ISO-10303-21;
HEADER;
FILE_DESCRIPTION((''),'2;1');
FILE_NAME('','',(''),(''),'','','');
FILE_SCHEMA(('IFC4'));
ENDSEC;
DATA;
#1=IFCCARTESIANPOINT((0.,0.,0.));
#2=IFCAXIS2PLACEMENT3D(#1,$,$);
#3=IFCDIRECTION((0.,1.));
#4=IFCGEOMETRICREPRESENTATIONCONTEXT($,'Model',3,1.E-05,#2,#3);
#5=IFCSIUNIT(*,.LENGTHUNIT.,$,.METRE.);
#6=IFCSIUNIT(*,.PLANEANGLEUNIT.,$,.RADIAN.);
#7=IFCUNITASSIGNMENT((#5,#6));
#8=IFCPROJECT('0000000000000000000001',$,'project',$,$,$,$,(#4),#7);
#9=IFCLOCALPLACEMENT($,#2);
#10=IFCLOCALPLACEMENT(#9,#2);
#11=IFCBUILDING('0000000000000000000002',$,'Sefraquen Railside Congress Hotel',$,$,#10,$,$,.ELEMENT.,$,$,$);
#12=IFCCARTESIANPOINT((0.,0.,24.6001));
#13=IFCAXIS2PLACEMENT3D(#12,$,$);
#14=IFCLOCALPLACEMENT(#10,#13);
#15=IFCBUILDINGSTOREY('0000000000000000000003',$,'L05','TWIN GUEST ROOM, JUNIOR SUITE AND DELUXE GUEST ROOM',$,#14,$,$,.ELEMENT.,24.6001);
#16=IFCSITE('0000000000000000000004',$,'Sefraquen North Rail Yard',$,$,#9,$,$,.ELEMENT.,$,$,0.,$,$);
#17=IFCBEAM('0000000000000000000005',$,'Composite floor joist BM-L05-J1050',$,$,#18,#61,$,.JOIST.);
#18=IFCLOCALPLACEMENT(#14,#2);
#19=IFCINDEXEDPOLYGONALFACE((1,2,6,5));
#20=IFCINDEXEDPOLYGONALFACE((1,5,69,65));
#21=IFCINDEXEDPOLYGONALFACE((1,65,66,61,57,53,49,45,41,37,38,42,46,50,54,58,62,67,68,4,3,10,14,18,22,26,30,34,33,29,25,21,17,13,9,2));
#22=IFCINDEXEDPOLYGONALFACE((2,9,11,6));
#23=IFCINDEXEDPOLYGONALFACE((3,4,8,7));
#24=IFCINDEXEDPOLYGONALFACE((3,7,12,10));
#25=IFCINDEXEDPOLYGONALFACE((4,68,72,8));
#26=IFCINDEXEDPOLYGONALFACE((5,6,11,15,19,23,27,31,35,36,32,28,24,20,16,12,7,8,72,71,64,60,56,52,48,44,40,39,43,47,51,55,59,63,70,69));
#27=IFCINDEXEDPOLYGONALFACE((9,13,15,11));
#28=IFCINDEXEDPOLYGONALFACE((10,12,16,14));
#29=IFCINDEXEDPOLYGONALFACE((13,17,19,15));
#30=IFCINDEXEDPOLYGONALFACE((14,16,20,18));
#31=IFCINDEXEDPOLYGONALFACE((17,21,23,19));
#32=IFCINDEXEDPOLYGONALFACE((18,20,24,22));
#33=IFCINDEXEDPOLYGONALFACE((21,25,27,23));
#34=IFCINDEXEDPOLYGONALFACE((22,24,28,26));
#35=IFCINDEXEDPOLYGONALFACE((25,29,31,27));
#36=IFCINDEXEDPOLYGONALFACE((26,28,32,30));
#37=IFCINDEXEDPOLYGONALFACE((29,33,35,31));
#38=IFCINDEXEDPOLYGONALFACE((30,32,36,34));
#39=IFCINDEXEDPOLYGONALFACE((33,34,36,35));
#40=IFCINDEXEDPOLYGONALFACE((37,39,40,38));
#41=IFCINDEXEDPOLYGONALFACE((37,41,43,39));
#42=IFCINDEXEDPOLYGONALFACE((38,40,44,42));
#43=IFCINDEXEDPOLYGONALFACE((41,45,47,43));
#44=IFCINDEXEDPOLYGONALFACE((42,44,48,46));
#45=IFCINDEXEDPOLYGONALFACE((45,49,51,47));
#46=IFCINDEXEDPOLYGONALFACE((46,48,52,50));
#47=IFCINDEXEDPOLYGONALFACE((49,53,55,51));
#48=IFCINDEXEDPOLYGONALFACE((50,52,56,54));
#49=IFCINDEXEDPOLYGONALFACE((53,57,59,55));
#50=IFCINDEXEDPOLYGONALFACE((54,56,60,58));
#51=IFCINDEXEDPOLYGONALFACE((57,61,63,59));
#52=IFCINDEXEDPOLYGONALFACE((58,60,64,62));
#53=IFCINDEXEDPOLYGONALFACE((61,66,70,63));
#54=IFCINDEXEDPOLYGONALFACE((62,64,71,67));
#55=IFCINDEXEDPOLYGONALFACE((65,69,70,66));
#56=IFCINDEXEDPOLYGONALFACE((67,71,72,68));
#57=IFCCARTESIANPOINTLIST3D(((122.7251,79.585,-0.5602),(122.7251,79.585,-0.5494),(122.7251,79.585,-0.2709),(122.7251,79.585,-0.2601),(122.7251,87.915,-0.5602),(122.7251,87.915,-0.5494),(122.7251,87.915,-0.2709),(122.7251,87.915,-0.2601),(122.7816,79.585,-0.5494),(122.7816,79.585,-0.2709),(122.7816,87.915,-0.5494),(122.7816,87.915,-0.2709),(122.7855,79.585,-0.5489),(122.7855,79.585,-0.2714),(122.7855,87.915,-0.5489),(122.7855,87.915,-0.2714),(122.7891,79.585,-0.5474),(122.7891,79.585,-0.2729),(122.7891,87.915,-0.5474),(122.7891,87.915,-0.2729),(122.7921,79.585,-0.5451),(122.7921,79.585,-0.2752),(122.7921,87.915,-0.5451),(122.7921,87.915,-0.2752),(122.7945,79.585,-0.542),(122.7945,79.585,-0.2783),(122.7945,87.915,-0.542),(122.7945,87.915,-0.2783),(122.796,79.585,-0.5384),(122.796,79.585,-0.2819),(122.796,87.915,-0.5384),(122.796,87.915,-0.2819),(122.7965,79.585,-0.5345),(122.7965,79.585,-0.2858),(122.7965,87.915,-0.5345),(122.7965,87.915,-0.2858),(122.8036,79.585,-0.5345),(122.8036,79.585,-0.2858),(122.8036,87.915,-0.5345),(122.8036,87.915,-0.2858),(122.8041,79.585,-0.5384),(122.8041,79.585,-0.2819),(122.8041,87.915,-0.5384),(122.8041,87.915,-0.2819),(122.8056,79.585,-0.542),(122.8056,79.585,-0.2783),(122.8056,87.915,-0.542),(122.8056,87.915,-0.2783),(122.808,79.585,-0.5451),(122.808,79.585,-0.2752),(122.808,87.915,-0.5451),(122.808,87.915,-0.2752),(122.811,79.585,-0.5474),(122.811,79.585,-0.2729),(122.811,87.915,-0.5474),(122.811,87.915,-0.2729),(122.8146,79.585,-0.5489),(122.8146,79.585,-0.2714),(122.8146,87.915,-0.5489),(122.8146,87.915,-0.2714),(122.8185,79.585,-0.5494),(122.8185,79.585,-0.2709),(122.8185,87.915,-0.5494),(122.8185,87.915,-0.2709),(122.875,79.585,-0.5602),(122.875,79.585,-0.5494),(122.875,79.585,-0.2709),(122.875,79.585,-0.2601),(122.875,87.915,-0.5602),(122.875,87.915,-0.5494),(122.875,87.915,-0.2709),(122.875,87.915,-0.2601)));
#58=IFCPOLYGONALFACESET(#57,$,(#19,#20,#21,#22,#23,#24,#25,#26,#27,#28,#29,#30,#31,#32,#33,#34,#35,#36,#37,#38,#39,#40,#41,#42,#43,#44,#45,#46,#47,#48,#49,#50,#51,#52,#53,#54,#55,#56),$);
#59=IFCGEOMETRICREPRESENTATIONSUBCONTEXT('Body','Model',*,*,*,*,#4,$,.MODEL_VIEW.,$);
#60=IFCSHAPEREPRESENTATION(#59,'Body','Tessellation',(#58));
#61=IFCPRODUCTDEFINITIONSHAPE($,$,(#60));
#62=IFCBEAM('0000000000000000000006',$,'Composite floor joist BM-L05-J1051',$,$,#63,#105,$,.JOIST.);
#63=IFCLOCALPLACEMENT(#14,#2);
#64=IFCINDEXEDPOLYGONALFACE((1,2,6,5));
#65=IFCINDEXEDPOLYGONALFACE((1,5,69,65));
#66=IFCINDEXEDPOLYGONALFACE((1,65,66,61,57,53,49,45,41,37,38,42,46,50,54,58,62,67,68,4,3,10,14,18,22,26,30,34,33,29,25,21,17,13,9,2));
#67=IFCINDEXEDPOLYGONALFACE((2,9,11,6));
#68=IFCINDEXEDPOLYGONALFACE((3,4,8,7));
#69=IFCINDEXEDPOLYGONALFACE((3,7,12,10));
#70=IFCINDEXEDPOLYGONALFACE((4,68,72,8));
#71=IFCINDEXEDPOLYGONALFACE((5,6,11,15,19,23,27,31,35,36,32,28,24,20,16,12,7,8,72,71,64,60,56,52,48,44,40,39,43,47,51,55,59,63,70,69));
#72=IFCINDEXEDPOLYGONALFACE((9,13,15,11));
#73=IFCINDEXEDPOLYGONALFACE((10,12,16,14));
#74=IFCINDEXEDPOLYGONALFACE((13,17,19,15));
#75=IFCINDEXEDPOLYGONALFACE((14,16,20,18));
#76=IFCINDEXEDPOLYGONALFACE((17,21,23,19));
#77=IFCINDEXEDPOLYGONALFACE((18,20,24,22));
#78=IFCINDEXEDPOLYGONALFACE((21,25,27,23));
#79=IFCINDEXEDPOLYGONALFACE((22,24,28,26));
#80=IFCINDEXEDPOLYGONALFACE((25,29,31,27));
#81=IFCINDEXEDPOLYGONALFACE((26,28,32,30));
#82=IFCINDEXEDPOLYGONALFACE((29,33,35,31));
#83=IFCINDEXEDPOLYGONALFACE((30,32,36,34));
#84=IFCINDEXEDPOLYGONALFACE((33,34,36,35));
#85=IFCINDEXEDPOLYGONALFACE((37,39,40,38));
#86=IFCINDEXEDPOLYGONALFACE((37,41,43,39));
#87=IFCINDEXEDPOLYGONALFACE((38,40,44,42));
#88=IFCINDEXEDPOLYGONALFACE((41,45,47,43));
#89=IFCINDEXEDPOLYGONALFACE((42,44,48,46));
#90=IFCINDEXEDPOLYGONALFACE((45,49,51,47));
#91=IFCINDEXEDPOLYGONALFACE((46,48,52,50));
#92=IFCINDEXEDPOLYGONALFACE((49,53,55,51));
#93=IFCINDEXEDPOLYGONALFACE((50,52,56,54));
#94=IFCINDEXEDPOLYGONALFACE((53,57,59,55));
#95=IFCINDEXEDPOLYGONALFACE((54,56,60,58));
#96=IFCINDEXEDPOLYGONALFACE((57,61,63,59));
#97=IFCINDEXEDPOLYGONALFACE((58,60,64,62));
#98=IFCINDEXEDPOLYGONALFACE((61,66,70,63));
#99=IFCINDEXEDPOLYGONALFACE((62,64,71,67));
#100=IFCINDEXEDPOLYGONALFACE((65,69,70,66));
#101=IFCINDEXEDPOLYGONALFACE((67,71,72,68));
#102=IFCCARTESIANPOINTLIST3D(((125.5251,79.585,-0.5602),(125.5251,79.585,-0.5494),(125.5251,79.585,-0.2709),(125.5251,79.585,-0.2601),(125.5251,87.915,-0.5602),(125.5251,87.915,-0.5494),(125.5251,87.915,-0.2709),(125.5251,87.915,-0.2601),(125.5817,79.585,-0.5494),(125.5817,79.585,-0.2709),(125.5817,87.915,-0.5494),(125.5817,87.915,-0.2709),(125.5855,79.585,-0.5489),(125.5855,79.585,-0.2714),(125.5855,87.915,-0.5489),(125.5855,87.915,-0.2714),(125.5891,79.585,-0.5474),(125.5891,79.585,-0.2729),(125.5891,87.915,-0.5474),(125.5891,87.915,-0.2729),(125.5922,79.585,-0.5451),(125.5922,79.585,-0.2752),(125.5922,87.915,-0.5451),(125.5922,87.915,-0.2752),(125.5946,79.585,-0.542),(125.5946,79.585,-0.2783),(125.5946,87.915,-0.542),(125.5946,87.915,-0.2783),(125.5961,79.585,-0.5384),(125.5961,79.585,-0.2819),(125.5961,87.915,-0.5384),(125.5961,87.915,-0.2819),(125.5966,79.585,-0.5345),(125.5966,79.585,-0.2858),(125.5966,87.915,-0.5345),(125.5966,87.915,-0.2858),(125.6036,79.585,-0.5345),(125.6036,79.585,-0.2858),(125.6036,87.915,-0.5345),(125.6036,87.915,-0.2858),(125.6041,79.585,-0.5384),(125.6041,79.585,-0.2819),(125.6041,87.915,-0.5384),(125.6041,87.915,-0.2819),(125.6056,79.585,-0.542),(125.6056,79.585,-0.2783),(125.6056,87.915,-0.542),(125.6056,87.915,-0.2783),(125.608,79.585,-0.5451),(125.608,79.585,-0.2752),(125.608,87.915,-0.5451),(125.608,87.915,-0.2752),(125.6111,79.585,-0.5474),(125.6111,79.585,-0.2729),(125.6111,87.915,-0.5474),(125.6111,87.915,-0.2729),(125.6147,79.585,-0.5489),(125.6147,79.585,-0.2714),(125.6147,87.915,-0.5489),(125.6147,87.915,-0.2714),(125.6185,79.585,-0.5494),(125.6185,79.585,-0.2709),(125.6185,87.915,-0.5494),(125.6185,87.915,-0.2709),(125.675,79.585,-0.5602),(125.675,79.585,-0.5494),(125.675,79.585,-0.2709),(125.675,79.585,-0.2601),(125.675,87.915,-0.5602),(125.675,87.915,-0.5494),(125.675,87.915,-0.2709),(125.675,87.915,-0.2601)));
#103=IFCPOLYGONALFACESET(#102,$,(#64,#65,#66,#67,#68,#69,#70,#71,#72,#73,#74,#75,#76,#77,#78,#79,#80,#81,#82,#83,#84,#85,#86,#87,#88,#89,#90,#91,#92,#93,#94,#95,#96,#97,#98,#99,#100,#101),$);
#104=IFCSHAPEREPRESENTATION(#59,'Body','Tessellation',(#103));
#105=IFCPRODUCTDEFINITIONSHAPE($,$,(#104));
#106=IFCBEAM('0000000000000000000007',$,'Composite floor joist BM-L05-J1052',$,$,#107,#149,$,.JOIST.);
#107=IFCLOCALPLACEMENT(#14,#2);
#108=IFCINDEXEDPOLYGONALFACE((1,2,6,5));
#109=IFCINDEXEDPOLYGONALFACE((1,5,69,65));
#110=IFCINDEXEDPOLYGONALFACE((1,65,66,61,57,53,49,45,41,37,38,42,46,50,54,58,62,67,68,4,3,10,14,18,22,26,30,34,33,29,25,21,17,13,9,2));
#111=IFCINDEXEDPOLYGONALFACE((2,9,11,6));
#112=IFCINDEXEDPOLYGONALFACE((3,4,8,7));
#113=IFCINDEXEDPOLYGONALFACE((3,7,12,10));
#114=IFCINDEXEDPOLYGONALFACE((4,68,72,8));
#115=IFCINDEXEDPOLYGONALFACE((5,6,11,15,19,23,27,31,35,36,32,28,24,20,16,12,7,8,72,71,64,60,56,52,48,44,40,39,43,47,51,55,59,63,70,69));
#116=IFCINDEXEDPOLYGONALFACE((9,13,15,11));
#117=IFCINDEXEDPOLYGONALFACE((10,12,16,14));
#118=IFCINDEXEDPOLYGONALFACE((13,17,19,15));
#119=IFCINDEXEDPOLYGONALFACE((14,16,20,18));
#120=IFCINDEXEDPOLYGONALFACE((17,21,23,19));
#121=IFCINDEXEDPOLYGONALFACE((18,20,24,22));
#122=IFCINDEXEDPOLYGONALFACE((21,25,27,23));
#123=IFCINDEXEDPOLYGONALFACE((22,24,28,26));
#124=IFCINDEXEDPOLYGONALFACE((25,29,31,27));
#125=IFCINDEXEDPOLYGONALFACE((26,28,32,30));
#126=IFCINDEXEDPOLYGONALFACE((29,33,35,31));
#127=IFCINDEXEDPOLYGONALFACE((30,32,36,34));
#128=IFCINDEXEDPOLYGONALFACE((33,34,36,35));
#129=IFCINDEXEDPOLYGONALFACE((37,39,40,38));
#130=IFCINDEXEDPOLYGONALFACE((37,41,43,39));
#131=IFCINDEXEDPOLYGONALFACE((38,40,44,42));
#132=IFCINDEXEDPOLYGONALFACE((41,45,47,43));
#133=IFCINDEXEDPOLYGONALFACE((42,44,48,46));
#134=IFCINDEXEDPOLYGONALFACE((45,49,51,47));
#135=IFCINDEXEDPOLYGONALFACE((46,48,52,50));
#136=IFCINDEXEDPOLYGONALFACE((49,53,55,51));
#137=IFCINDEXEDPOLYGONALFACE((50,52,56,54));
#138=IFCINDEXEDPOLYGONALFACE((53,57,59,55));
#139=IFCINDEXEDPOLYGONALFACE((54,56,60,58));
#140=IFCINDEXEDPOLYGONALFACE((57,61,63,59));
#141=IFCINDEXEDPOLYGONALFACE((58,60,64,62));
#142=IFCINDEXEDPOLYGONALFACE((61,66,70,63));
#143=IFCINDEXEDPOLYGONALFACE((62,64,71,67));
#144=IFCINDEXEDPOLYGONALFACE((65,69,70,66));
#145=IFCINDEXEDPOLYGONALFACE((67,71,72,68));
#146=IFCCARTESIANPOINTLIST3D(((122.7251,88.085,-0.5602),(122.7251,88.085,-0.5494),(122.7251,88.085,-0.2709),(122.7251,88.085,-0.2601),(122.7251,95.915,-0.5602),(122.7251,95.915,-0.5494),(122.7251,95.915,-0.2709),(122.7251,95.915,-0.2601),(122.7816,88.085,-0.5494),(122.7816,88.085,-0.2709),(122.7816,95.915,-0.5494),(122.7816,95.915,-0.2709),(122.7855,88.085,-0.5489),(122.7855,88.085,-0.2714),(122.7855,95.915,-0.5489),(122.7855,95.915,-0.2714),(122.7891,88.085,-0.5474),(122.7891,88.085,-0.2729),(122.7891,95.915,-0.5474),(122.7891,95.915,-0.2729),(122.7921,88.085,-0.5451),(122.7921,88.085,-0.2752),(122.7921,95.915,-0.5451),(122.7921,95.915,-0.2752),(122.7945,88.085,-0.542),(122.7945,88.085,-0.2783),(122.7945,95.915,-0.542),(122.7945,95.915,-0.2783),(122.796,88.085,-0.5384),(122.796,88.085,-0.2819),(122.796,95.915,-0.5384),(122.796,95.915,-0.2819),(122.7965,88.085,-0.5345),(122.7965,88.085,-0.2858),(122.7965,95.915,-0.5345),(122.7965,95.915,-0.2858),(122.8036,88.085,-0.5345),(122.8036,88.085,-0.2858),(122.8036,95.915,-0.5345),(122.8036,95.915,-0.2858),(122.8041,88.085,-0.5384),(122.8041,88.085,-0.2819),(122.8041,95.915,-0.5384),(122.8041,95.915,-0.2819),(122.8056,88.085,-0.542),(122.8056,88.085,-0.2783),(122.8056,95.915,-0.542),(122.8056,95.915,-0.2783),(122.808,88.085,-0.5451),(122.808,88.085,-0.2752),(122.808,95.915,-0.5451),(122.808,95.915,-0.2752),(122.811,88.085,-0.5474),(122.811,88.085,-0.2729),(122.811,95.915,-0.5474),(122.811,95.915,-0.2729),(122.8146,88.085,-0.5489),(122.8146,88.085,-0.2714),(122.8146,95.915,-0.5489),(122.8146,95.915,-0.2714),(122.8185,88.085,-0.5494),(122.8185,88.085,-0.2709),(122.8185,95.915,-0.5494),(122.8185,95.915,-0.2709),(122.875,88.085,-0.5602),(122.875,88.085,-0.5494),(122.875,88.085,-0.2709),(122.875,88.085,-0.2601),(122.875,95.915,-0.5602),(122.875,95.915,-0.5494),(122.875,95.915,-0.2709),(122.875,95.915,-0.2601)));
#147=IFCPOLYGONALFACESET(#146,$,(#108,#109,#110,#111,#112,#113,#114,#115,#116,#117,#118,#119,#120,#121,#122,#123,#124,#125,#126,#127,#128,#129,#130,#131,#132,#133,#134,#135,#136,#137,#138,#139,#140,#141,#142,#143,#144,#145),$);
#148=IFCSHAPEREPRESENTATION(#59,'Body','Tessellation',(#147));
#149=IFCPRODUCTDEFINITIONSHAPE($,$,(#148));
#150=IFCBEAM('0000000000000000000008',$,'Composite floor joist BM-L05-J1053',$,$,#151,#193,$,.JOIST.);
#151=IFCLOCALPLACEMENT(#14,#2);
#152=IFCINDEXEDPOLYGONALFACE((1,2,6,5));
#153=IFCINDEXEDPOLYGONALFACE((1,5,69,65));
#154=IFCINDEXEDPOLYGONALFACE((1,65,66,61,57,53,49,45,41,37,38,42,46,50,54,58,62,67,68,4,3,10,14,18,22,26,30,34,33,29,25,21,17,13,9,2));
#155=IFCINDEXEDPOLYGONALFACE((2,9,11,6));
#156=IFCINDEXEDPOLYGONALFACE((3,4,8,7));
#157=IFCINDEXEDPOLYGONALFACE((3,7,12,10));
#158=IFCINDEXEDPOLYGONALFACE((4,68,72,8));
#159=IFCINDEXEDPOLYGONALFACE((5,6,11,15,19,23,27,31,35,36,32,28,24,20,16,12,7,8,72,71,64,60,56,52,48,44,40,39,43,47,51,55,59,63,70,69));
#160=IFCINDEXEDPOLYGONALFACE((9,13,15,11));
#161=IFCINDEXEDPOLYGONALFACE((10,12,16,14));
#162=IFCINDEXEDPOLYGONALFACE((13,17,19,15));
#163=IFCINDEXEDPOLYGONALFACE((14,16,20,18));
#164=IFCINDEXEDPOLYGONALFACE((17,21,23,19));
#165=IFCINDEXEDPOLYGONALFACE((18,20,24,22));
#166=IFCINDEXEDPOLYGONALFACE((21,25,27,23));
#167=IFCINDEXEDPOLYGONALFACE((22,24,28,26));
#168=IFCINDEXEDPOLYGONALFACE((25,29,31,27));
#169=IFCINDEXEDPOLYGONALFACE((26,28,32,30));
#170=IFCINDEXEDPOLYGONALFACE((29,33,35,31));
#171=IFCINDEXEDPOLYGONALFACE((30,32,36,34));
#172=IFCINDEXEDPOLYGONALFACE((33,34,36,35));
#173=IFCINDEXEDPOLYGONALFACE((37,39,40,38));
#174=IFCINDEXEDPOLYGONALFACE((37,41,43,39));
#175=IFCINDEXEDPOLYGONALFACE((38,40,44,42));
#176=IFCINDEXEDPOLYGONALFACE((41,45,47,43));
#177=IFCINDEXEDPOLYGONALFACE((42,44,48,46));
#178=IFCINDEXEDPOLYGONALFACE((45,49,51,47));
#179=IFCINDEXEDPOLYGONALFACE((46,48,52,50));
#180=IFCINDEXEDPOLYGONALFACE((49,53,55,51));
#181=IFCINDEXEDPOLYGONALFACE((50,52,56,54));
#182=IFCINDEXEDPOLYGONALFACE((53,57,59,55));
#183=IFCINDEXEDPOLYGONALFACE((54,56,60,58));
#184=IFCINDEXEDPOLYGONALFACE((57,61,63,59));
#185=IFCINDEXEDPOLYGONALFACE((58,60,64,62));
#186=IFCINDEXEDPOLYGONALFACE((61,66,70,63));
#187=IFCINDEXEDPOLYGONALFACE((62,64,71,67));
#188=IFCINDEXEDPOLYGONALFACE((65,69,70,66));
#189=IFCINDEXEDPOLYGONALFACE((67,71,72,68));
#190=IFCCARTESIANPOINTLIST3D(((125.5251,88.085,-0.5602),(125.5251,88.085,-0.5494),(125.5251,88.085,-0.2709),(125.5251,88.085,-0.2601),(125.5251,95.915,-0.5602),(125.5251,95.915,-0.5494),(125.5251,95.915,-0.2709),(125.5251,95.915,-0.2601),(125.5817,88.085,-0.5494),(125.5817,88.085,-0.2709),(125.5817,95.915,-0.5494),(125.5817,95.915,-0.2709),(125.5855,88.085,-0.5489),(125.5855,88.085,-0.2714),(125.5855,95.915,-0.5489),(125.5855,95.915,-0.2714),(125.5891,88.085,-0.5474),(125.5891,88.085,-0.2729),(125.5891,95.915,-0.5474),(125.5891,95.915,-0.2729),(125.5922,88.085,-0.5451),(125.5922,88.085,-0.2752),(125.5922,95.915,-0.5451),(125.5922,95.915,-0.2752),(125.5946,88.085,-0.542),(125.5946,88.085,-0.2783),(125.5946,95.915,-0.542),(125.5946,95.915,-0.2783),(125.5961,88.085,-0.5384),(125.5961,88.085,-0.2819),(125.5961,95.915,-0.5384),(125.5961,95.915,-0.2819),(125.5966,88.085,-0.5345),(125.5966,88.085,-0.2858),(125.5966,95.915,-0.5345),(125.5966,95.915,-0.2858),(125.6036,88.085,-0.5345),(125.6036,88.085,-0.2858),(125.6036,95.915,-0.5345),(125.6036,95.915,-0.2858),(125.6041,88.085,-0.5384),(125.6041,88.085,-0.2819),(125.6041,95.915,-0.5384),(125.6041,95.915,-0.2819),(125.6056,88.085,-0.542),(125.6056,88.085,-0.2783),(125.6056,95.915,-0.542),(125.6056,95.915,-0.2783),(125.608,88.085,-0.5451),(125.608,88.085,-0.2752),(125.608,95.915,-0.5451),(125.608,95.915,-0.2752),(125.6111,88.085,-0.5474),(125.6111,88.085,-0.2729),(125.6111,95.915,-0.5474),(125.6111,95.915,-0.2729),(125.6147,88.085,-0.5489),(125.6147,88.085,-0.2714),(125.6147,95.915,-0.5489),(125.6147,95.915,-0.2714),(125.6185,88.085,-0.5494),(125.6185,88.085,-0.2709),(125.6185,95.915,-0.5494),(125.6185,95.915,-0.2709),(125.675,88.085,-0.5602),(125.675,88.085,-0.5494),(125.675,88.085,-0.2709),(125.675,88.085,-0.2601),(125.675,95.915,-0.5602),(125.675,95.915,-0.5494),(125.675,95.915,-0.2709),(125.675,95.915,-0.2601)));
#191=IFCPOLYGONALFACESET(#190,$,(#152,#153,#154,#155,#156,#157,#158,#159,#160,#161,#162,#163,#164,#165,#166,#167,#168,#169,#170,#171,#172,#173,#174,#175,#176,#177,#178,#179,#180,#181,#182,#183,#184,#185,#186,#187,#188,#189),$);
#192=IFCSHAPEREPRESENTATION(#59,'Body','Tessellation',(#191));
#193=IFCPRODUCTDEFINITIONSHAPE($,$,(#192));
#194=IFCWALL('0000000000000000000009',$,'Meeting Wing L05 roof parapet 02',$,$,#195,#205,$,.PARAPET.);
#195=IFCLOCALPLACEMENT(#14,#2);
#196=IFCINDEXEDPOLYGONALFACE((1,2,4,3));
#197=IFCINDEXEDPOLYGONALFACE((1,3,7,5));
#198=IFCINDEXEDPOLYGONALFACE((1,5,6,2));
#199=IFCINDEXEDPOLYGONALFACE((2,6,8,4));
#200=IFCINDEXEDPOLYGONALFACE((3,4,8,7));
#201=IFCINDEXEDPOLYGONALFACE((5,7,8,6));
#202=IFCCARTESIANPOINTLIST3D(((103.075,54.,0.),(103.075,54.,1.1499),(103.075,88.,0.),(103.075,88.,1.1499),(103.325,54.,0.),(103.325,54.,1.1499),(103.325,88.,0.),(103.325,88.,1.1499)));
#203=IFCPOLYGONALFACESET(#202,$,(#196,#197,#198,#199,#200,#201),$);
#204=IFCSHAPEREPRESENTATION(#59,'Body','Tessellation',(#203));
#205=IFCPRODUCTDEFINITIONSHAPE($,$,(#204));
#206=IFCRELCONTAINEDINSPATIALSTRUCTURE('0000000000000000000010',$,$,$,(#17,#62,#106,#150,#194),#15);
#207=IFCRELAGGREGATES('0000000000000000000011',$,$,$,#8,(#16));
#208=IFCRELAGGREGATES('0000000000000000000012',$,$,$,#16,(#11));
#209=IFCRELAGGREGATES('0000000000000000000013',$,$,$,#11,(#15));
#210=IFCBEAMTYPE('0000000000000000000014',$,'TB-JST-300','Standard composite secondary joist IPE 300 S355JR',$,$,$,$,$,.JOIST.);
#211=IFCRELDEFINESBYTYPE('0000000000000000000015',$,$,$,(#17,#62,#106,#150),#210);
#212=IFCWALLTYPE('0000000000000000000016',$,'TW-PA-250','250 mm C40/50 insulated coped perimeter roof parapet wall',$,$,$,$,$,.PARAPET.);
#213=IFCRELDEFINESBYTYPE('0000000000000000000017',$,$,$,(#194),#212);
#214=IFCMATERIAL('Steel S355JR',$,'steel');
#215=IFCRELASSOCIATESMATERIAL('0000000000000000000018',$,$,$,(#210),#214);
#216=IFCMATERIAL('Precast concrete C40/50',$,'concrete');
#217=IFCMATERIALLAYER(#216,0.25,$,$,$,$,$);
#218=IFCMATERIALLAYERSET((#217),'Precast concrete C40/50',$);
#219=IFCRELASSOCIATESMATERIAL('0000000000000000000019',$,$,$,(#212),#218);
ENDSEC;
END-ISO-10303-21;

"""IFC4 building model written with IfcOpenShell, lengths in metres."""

from ifc_helpers import new_model, si_unit, direction, frame, frame_2d, origin, origin_2d, place, context, subcontext, project, spatial, rectangle, i_section, extrude, material, layer, layer_set, material_profile, profile_set, type_object, element, save


model = new_model("IFC4")

# Units and contexts
model_context = context("Model", 3, precision=1e-05, world=origin(), true_north=direction((0.0, 1.0)))
body_context = subcontext(model_context, "Body", "Model", "MODEL_VIEW")
ifc_project = project(units=[si_unit("LENGTHUNIT", "METRE"), si_unit("PLANEANGLEUNIT", "RADIAN")], contexts=[model_context])

# Site, building, storey
site_placement = place(None, origin())
site = spatial("IfcSite", under=ifc_project, at=site_placement, Name="Sefraquen North Rail Yard", CompositionType="ELEMENT", RefElevation=0.0)
building_placement = place(site_placement, origin())
building = spatial("IfcBuilding", under=site, at=building_placement, Name="Sefraquen Railside Congress Hotel", CompositionType="ELEMENT")
storey_placement = place(building_placement, frame((0.0, 0.0, 24.6001)))
storey = spatial("IfcBuildingStorey", under=building, at=storey_placement, Name="L05", Description="TWIN GUEST ROOM, JUNIOR SUITE AND DELUXE GUEST ROOM", CompositionType="ELEMENT", Elevation=24.6001)

# Beams
ifc_material_1 = material(Name="Steel S355JR", Category="steel")
ifc_material_profile_1 = material_profile(ifc_material_1, i_section(OverallWidth=0.1499, OverallDepth=0.3, WebThickness=0.0071, FlangeThickness=0.0107, FilletRadius=0.0149, at=origin_2d()), Name="IPE 300")
ifc_profile_set_1 = profile_set([ifc_material_profile_1], Name="Steel S355JR")
beam_type_1 = type_object("IfcBeamType", Name="TB-JST-300", Description="Standard composite secondary joist IPE 300 S355JR", PredefinedType="JOIST", material=ifc_profile_set_1)
for number, where, z_axis, x_axis, name in (
    (1, (122.8, 79.585, -0.4102), (0.0, 1.0, 0.0), (-1.0, 0.0, 0.0), "Composite floor joist BM-L05-J1050"),
    (2, (125.6001, 79.585, -0.4102), (0.0, 1.0, 0.0), (-1.0, 0.0, 0.0), "Composite floor joist BM-L05-J1051"),
):
    element("IfcBeam", number, at=place(storey_placement, frame(where, z_axis=z_axis, x_axis=x_axis)), inside=storey, type_object=beam_type_1, Name=name, PredefinedType="JOIST", context=body_context, shape_type="SweptSolid", body=[
        extrude(i_section(OverallWidth=0.1499, OverallDepth=0.3, WebThickness=0.0071, FlangeThickness=0.0107, FilletRadius=0.0149, at=origin_2d()), origin(), (0.0, 0.0, 1.0), 8.3301),
    ])
for number, where, z_axis, x_axis, name in (
    (3, (122.8, 88.085, -0.4102), (0.0, 1.0, 0.0), (-1.0, 0.0, 0.0), "Composite floor joist BM-L05-J1052"),
    (4, (125.6001, 88.085, -0.4102), (0.0, 1.0, 0.0), (-1.0, 0.0, 0.0), "Composite floor joist BM-L05-J1053"),
):
    element("IfcBeam", number, at=place(storey_placement, frame(where, z_axis=z_axis, x_axis=x_axis)), inside=storey, type_object=beam_type_1, Name=name, PredefinedType="JOIST", context=body_context, shape_type="SweptSolid", body=[
        extrude(i_section(OverallWidth=0.1499, OverallDepth=0.3, WebThickness=0.0071, FlangeThickness=0.0107, FilletRadius=0.0149, at=origin_2d()), origin(), (0.0, 0.0, 1.0), 7.8301),
    ])

# Wall
ifc_material_2 = material(Name="Precast concrete C40/50", Category="concrete")
ifc_layer = layer(ifc_material_2, 0.25)
ifc_layer_set = layer_set([ifc_layer], Name="Precast concrete C40/50")
wall_type = type_object("IfcWallType", Name="TW-PA-250", Description="250 mm C40/50 insulated coped perimeter roof parapet wall", PredefinedType="PARAPET", material=ifc_layer_set)
wall_placement = place(storey_placement, frame((103.2, 88.0, 0.0), z_axis=(0.0, 0.0, 1.0), x_axis=(0.0, -1.0, 0.0)))
element("IfcWall", 5, at=wall_placement, inside=storey, type_object=wall_type, Name="Meeting Wing L05 roof parapet 02", PredefinedType="PARAPET", context=body_context, shape_type="SweptSolid", body=[
    extrude(rectangle(XDim=34.0, YDim=0.25, at=frame_2d((17.0, 0.0))), origin(), (0.0, 0.0, 1.0), 1.1499),
])

save(model, "model.ifc")
